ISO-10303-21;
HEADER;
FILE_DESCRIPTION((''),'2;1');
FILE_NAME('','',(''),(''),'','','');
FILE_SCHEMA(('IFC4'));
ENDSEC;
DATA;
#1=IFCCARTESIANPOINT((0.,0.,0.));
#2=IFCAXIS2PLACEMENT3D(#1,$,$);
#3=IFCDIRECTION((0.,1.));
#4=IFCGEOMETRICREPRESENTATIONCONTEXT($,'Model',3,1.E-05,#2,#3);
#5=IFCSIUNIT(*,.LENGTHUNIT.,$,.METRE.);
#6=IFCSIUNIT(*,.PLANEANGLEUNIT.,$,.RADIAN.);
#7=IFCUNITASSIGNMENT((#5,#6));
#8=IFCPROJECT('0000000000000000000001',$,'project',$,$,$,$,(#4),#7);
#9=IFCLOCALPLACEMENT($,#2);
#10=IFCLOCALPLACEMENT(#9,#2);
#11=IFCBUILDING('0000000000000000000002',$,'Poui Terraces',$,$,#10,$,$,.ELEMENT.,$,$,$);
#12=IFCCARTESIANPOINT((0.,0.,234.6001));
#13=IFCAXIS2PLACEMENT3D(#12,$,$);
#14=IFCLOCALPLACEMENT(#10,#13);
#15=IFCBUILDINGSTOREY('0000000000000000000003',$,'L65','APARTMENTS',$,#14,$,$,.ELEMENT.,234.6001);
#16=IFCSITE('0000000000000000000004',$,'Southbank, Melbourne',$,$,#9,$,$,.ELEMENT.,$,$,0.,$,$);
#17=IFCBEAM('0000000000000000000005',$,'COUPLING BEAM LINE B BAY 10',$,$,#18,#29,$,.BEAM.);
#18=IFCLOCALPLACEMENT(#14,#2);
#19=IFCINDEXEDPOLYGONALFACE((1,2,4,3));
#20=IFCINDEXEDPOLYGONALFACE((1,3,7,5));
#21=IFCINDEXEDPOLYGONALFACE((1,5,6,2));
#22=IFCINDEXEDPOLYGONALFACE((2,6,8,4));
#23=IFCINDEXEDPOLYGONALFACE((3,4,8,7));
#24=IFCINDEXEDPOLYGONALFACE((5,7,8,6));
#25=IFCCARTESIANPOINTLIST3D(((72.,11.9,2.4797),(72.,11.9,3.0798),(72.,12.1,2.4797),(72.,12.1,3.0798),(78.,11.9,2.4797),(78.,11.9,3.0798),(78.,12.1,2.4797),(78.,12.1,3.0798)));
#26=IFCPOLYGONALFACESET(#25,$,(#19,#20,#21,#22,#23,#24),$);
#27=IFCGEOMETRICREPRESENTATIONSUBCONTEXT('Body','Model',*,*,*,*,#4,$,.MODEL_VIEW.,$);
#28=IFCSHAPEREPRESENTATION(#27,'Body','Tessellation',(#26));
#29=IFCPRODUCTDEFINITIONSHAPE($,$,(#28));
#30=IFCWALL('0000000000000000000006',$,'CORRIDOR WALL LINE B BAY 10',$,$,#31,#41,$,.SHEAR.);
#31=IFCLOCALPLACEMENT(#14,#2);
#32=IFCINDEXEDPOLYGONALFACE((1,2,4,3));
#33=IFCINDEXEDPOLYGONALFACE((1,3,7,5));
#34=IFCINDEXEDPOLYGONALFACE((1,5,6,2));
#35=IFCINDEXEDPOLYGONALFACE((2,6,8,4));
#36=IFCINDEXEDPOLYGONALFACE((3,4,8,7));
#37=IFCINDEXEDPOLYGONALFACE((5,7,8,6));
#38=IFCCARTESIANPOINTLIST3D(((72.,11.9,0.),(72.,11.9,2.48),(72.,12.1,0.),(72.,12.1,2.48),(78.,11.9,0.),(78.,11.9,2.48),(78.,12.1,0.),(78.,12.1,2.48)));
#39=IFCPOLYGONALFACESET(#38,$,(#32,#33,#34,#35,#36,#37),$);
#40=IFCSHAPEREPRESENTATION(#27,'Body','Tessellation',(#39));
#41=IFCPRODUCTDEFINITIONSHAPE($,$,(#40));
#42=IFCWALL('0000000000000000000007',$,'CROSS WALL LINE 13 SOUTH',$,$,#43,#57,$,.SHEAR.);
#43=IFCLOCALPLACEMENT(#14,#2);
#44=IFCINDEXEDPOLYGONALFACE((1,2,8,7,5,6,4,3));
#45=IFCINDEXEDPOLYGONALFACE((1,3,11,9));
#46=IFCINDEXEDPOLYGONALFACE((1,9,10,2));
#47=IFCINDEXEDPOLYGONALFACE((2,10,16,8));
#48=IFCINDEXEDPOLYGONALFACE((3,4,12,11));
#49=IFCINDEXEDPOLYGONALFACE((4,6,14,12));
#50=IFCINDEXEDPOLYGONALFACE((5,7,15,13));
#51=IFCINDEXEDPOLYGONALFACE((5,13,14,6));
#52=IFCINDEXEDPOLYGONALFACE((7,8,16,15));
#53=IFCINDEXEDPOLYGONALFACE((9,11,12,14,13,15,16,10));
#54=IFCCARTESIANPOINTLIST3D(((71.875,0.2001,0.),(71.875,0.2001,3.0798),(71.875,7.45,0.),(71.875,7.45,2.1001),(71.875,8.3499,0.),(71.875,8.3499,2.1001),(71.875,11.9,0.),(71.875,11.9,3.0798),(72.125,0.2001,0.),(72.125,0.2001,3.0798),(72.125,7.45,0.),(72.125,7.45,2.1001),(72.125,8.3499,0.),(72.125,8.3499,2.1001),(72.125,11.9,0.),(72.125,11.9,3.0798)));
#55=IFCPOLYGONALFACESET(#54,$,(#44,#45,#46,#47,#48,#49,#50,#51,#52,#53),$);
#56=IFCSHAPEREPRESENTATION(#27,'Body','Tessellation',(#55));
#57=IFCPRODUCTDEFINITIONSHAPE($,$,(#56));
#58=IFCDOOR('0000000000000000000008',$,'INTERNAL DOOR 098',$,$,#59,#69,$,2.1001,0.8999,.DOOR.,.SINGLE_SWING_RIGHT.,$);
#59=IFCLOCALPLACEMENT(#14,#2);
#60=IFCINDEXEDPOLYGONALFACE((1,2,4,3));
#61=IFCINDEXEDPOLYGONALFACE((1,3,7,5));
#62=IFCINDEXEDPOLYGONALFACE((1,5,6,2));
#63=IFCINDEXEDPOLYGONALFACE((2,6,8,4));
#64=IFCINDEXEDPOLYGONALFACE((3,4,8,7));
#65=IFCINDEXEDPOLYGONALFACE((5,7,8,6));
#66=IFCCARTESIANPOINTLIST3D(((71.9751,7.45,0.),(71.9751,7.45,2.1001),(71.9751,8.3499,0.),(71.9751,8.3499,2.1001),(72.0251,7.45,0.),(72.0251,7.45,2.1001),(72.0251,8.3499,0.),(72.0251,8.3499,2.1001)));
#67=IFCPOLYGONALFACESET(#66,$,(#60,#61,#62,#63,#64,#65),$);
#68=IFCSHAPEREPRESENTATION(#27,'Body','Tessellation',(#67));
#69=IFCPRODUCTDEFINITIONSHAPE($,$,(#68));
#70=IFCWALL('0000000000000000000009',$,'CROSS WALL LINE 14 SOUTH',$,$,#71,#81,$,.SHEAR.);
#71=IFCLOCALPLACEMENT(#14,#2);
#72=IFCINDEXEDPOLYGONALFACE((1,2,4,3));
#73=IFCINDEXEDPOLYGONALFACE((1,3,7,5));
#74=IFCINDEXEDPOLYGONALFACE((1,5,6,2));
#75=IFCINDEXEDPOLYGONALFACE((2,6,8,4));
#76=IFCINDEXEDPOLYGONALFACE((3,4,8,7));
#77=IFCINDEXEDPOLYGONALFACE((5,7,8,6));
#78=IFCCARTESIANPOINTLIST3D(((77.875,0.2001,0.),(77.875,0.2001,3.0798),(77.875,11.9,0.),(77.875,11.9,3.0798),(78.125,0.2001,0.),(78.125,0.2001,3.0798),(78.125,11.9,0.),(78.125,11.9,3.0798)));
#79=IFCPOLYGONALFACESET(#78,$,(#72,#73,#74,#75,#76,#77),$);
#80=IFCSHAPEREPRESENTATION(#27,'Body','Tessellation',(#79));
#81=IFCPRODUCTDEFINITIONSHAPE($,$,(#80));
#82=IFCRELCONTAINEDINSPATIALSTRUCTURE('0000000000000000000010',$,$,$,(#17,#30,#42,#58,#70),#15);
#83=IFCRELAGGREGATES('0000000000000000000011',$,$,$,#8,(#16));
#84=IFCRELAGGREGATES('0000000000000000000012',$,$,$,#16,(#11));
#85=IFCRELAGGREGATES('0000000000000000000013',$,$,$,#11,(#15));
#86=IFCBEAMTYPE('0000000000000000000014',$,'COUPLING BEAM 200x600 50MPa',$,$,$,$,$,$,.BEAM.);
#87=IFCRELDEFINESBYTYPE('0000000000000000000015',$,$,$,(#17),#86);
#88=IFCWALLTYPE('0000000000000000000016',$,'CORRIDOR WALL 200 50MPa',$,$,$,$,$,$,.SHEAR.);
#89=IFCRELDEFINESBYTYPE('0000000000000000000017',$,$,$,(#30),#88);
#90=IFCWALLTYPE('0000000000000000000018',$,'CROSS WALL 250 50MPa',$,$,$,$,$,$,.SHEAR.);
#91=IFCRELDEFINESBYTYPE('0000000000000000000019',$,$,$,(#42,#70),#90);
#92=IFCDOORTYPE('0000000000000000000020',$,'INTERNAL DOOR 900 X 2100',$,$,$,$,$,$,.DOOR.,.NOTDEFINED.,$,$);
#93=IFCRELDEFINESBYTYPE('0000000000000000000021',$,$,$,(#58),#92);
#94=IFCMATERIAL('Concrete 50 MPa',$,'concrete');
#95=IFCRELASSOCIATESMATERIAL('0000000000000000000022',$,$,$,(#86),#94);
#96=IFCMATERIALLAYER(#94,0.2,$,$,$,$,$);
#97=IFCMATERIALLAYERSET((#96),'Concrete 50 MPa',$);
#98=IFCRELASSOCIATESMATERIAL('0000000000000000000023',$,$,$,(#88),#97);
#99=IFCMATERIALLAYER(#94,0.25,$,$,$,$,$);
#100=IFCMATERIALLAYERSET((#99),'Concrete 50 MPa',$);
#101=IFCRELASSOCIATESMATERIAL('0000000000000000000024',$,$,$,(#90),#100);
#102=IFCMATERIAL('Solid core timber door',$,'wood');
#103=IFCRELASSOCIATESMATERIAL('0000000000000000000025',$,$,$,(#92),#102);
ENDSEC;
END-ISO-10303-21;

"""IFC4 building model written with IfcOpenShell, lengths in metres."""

from ifc_helpers import new_model, si_unit, direction, frame, frame_2d, origin, origin_2d, place, context, subcontext, project, spatial, rectangle, extrude, source, transform, mapped, material, layer, layer_set, material_profile, profile_set, type_object, element, fill, save


model = new_model("IFC4")

# Units and contexts
model_context = context("Model", 3, precision=1e-05, world=origin(), true_north=direction((0.0, 1.0)))
body_context = subcontext(model_context, "Body", "Model", "MODEL_VIEW")
ifc_project = project(units=[si_unit("LENGTHUNIT", "METRE"), si_unit("PLANEANGLEUNIT", "RADIAN")], contexts=[model_context])

# Site, building, storey
site_placement = place(None, origin())
site = spatial("IfcSite", under=ifc_project, at=site_placement, Name="Southbank, Melbourne", CompositionType="ELEMENT", RefElevation=0.0)
building_placement = place(site_placement, origin())
building = spatial("IfcBuilding", under=site, at=building_placement, Name="Poui Terraces", CompositionType="ELEMENT")
storey_placement = place(building_placement, frame((0.0, 0.0, 234.6001)))
storey = spatial("IfcBuildingStorey", under=building, at=storey_placement, Name="L65", Description="APARTMENTS", CompositionType="ELEMENT", Elevation=234.6001)

# Beam
ifc_material_1 = material(Name="Concrete 50 MPa", Category="concrete")
ifc_material_profile = material_profile(ifc_material_1, rectangle(XDim=0.2, YDim=0.6001, at=origin_2d()), Name="RC 200x600")
ifc_profile_set = profile_set([ifc_material_profile], Name="Concrete 50 MPa")
beam_type = type_object("IfcBeamType", Name="COUPLING BEAM 200x600 50MPa", PredefinedType="BEAM", material=ifc_profile_set)
shared_shape = source(origin(), body_context, "Body", "SweptSolid", [
    extrude(rectangle(XDim=0.2, YDim=0.6001, at=origin_2d()), origin(), (0.0, 0.0, 1.0), 6.0),
])
beam_placement = place(storey_placement, frame((72.0, 12.0, 2.7798), z_axis=(1.0, 0.0, 0.0), x_axis=(0.0, 1.0, 0.0)))
element("IfcBeam", 1, at=beam_placement, inside=storey, type_object=beam_type, Name="COUPLING BEAM LINE B BAY 10", PredefinedType="BEAM", context=body_context, shape_type="MappedRepresentation", body=[
    mapped(shared_shape, transform((0.0, 0.0, 0.0))),
])

# Wall
ifc_layer_1 = layer(ifc_material_1, 0.2)
ifc_layer_set_1 = layer_set([ifc_layer_1], Name="Concrete 50 MPa")
wall_type_1 = type_object("IfcWallType", Name="CORRIDOR WALL 200 50MPa", PredefinedType="SHEAR", material=ifc_layer_set_1)
wall_1_placement = place(storey_placement, frame((72.0, 12.0, 0.0), z_axis=(0.0, 0.0, 1.0), x_axis=(1.0, 0.0, 0.0)))
element("IfcWall", 2, at=wall_1_placement, inside=storey, type_object=wall_type_1, Name="CORRIDOR WALL LINE B BAY 10", PredefinedType="SHEAR", context=body_context, shape_type="SweptSolid", body=[
    extrude(rectangle(XDim=6.0, YDim=0.2, at=frame_2d((3.0, 0.0))), origin(), (0.0, 0.0, 1.0), 2.48),
])

# Wall, opening, door
ifc_layer_2 = layer(ifc_material_1, 0.25)
ifc_layer_set_2 = layer_set([ifc_layer_2], Name="Concrete 50 MPa")
wall_type_2 = type_object("IfcWallType", Name="CROSS WALL 250 50MPa", PredefinedType="SHEAR", material=ifc_layer_set_2)
wall_2_placement = place(storey_placement, frame((72.0, 0.2, 0.0), z_axis=(0.0, 0.0, 1.0), x_axis=(0.0, 1.0, 0.0)))
wall_2 = element("IfcWall", 3, at=wall_2_placement, inside=storey, type_object=wall_type_2, Name="CROSS WALL LINE 13 SOUTH", PredefinedType="SHEAR", context=body_context, shape_type="SweptSolid", body=[
    extrude(rectangle(XDim=11.7, YDim=0.25, at=frame_2d((5.8501, 0.0))), origin(), (0.0, 0.0, 1.0), 3.0798),
])
opening_1_placement = place(wall_2_placement, frame((7.25, 0.0, 0.0)))
opening_1 = element("IfcOpeningElement", 4, at=opening_1_placement, cuts=wall_2, PredefinedType="OPENING", context=body_context, shape_type="SweptSolid", body=[
    extrude(rectangle(XDim=0.8999, YDim=2.1001, at=frame_2d((0.45, 1.05))), frame((0.0, 0.135, 0.0), z_axis=(0.0, -1.0, 0.0), x_axis=(1.0, 0.0, 0.0)), (0.0, 0.0, 1.0), 0.27),
])
ifc_material_2 = material(Name="Solid core timber door", Category="wood")
door_type_1 = type_object("IfcDoorType", Name="INTERNAL DOOR 900 X 2100", OperationType="NOTDEFINED", PredefinedType="DOOR", material=ifc_material_2)
door_1_placement = place(opening_1_placement, origin())
door_1 = element("IfcDoor", 5, at=door_1_placement, inside=storey, type_object=door_type_1, Name="INTERNAL DOOR 098", OperationType="SINGLE_SWING_RIGHT", OverallHeight=2.1001, OverallWidth=0.8999, PredefinedType="DOOR", context=body_context, shape_type="SweptSolid", body=[
    extrude(rectangle(XDim=0.8999, YDim=2.1001, at=frame_2d((0.45, 1.05))), frame((0.0, 0.0249, 0.0), z_axis=(0.0, -1.0, 0.0), x_axis=(1.0, 0.0, 0.0)), (0.0, 0.0, 1.0), 0.05),
])
fill(opening_1, door_1)

# Wall
wall_3_placement = place(storey_placement, frame((78.0, 0.2, 0.0), z_axis=(0.0, 0.0, 1.0), x_axis=(0.0, 1.0, 0.0)))
element("IfcWall", 6, at=wall_3_placement, inside=storey, type_object=wall_type_2, Name="CROSS WALL LINE 14 SOUTH", PredefinedType="SHEAR", context=body_context, shape_type="SweptSolid", body=[
    extrude(rectangle(XDim=11.7, YDim=0.25, at=frame_2d((5.8501, 0.0))), origin(), (0.0, 0.0, 1.0), 3.0798),
])

save(model, "model.ifc")
